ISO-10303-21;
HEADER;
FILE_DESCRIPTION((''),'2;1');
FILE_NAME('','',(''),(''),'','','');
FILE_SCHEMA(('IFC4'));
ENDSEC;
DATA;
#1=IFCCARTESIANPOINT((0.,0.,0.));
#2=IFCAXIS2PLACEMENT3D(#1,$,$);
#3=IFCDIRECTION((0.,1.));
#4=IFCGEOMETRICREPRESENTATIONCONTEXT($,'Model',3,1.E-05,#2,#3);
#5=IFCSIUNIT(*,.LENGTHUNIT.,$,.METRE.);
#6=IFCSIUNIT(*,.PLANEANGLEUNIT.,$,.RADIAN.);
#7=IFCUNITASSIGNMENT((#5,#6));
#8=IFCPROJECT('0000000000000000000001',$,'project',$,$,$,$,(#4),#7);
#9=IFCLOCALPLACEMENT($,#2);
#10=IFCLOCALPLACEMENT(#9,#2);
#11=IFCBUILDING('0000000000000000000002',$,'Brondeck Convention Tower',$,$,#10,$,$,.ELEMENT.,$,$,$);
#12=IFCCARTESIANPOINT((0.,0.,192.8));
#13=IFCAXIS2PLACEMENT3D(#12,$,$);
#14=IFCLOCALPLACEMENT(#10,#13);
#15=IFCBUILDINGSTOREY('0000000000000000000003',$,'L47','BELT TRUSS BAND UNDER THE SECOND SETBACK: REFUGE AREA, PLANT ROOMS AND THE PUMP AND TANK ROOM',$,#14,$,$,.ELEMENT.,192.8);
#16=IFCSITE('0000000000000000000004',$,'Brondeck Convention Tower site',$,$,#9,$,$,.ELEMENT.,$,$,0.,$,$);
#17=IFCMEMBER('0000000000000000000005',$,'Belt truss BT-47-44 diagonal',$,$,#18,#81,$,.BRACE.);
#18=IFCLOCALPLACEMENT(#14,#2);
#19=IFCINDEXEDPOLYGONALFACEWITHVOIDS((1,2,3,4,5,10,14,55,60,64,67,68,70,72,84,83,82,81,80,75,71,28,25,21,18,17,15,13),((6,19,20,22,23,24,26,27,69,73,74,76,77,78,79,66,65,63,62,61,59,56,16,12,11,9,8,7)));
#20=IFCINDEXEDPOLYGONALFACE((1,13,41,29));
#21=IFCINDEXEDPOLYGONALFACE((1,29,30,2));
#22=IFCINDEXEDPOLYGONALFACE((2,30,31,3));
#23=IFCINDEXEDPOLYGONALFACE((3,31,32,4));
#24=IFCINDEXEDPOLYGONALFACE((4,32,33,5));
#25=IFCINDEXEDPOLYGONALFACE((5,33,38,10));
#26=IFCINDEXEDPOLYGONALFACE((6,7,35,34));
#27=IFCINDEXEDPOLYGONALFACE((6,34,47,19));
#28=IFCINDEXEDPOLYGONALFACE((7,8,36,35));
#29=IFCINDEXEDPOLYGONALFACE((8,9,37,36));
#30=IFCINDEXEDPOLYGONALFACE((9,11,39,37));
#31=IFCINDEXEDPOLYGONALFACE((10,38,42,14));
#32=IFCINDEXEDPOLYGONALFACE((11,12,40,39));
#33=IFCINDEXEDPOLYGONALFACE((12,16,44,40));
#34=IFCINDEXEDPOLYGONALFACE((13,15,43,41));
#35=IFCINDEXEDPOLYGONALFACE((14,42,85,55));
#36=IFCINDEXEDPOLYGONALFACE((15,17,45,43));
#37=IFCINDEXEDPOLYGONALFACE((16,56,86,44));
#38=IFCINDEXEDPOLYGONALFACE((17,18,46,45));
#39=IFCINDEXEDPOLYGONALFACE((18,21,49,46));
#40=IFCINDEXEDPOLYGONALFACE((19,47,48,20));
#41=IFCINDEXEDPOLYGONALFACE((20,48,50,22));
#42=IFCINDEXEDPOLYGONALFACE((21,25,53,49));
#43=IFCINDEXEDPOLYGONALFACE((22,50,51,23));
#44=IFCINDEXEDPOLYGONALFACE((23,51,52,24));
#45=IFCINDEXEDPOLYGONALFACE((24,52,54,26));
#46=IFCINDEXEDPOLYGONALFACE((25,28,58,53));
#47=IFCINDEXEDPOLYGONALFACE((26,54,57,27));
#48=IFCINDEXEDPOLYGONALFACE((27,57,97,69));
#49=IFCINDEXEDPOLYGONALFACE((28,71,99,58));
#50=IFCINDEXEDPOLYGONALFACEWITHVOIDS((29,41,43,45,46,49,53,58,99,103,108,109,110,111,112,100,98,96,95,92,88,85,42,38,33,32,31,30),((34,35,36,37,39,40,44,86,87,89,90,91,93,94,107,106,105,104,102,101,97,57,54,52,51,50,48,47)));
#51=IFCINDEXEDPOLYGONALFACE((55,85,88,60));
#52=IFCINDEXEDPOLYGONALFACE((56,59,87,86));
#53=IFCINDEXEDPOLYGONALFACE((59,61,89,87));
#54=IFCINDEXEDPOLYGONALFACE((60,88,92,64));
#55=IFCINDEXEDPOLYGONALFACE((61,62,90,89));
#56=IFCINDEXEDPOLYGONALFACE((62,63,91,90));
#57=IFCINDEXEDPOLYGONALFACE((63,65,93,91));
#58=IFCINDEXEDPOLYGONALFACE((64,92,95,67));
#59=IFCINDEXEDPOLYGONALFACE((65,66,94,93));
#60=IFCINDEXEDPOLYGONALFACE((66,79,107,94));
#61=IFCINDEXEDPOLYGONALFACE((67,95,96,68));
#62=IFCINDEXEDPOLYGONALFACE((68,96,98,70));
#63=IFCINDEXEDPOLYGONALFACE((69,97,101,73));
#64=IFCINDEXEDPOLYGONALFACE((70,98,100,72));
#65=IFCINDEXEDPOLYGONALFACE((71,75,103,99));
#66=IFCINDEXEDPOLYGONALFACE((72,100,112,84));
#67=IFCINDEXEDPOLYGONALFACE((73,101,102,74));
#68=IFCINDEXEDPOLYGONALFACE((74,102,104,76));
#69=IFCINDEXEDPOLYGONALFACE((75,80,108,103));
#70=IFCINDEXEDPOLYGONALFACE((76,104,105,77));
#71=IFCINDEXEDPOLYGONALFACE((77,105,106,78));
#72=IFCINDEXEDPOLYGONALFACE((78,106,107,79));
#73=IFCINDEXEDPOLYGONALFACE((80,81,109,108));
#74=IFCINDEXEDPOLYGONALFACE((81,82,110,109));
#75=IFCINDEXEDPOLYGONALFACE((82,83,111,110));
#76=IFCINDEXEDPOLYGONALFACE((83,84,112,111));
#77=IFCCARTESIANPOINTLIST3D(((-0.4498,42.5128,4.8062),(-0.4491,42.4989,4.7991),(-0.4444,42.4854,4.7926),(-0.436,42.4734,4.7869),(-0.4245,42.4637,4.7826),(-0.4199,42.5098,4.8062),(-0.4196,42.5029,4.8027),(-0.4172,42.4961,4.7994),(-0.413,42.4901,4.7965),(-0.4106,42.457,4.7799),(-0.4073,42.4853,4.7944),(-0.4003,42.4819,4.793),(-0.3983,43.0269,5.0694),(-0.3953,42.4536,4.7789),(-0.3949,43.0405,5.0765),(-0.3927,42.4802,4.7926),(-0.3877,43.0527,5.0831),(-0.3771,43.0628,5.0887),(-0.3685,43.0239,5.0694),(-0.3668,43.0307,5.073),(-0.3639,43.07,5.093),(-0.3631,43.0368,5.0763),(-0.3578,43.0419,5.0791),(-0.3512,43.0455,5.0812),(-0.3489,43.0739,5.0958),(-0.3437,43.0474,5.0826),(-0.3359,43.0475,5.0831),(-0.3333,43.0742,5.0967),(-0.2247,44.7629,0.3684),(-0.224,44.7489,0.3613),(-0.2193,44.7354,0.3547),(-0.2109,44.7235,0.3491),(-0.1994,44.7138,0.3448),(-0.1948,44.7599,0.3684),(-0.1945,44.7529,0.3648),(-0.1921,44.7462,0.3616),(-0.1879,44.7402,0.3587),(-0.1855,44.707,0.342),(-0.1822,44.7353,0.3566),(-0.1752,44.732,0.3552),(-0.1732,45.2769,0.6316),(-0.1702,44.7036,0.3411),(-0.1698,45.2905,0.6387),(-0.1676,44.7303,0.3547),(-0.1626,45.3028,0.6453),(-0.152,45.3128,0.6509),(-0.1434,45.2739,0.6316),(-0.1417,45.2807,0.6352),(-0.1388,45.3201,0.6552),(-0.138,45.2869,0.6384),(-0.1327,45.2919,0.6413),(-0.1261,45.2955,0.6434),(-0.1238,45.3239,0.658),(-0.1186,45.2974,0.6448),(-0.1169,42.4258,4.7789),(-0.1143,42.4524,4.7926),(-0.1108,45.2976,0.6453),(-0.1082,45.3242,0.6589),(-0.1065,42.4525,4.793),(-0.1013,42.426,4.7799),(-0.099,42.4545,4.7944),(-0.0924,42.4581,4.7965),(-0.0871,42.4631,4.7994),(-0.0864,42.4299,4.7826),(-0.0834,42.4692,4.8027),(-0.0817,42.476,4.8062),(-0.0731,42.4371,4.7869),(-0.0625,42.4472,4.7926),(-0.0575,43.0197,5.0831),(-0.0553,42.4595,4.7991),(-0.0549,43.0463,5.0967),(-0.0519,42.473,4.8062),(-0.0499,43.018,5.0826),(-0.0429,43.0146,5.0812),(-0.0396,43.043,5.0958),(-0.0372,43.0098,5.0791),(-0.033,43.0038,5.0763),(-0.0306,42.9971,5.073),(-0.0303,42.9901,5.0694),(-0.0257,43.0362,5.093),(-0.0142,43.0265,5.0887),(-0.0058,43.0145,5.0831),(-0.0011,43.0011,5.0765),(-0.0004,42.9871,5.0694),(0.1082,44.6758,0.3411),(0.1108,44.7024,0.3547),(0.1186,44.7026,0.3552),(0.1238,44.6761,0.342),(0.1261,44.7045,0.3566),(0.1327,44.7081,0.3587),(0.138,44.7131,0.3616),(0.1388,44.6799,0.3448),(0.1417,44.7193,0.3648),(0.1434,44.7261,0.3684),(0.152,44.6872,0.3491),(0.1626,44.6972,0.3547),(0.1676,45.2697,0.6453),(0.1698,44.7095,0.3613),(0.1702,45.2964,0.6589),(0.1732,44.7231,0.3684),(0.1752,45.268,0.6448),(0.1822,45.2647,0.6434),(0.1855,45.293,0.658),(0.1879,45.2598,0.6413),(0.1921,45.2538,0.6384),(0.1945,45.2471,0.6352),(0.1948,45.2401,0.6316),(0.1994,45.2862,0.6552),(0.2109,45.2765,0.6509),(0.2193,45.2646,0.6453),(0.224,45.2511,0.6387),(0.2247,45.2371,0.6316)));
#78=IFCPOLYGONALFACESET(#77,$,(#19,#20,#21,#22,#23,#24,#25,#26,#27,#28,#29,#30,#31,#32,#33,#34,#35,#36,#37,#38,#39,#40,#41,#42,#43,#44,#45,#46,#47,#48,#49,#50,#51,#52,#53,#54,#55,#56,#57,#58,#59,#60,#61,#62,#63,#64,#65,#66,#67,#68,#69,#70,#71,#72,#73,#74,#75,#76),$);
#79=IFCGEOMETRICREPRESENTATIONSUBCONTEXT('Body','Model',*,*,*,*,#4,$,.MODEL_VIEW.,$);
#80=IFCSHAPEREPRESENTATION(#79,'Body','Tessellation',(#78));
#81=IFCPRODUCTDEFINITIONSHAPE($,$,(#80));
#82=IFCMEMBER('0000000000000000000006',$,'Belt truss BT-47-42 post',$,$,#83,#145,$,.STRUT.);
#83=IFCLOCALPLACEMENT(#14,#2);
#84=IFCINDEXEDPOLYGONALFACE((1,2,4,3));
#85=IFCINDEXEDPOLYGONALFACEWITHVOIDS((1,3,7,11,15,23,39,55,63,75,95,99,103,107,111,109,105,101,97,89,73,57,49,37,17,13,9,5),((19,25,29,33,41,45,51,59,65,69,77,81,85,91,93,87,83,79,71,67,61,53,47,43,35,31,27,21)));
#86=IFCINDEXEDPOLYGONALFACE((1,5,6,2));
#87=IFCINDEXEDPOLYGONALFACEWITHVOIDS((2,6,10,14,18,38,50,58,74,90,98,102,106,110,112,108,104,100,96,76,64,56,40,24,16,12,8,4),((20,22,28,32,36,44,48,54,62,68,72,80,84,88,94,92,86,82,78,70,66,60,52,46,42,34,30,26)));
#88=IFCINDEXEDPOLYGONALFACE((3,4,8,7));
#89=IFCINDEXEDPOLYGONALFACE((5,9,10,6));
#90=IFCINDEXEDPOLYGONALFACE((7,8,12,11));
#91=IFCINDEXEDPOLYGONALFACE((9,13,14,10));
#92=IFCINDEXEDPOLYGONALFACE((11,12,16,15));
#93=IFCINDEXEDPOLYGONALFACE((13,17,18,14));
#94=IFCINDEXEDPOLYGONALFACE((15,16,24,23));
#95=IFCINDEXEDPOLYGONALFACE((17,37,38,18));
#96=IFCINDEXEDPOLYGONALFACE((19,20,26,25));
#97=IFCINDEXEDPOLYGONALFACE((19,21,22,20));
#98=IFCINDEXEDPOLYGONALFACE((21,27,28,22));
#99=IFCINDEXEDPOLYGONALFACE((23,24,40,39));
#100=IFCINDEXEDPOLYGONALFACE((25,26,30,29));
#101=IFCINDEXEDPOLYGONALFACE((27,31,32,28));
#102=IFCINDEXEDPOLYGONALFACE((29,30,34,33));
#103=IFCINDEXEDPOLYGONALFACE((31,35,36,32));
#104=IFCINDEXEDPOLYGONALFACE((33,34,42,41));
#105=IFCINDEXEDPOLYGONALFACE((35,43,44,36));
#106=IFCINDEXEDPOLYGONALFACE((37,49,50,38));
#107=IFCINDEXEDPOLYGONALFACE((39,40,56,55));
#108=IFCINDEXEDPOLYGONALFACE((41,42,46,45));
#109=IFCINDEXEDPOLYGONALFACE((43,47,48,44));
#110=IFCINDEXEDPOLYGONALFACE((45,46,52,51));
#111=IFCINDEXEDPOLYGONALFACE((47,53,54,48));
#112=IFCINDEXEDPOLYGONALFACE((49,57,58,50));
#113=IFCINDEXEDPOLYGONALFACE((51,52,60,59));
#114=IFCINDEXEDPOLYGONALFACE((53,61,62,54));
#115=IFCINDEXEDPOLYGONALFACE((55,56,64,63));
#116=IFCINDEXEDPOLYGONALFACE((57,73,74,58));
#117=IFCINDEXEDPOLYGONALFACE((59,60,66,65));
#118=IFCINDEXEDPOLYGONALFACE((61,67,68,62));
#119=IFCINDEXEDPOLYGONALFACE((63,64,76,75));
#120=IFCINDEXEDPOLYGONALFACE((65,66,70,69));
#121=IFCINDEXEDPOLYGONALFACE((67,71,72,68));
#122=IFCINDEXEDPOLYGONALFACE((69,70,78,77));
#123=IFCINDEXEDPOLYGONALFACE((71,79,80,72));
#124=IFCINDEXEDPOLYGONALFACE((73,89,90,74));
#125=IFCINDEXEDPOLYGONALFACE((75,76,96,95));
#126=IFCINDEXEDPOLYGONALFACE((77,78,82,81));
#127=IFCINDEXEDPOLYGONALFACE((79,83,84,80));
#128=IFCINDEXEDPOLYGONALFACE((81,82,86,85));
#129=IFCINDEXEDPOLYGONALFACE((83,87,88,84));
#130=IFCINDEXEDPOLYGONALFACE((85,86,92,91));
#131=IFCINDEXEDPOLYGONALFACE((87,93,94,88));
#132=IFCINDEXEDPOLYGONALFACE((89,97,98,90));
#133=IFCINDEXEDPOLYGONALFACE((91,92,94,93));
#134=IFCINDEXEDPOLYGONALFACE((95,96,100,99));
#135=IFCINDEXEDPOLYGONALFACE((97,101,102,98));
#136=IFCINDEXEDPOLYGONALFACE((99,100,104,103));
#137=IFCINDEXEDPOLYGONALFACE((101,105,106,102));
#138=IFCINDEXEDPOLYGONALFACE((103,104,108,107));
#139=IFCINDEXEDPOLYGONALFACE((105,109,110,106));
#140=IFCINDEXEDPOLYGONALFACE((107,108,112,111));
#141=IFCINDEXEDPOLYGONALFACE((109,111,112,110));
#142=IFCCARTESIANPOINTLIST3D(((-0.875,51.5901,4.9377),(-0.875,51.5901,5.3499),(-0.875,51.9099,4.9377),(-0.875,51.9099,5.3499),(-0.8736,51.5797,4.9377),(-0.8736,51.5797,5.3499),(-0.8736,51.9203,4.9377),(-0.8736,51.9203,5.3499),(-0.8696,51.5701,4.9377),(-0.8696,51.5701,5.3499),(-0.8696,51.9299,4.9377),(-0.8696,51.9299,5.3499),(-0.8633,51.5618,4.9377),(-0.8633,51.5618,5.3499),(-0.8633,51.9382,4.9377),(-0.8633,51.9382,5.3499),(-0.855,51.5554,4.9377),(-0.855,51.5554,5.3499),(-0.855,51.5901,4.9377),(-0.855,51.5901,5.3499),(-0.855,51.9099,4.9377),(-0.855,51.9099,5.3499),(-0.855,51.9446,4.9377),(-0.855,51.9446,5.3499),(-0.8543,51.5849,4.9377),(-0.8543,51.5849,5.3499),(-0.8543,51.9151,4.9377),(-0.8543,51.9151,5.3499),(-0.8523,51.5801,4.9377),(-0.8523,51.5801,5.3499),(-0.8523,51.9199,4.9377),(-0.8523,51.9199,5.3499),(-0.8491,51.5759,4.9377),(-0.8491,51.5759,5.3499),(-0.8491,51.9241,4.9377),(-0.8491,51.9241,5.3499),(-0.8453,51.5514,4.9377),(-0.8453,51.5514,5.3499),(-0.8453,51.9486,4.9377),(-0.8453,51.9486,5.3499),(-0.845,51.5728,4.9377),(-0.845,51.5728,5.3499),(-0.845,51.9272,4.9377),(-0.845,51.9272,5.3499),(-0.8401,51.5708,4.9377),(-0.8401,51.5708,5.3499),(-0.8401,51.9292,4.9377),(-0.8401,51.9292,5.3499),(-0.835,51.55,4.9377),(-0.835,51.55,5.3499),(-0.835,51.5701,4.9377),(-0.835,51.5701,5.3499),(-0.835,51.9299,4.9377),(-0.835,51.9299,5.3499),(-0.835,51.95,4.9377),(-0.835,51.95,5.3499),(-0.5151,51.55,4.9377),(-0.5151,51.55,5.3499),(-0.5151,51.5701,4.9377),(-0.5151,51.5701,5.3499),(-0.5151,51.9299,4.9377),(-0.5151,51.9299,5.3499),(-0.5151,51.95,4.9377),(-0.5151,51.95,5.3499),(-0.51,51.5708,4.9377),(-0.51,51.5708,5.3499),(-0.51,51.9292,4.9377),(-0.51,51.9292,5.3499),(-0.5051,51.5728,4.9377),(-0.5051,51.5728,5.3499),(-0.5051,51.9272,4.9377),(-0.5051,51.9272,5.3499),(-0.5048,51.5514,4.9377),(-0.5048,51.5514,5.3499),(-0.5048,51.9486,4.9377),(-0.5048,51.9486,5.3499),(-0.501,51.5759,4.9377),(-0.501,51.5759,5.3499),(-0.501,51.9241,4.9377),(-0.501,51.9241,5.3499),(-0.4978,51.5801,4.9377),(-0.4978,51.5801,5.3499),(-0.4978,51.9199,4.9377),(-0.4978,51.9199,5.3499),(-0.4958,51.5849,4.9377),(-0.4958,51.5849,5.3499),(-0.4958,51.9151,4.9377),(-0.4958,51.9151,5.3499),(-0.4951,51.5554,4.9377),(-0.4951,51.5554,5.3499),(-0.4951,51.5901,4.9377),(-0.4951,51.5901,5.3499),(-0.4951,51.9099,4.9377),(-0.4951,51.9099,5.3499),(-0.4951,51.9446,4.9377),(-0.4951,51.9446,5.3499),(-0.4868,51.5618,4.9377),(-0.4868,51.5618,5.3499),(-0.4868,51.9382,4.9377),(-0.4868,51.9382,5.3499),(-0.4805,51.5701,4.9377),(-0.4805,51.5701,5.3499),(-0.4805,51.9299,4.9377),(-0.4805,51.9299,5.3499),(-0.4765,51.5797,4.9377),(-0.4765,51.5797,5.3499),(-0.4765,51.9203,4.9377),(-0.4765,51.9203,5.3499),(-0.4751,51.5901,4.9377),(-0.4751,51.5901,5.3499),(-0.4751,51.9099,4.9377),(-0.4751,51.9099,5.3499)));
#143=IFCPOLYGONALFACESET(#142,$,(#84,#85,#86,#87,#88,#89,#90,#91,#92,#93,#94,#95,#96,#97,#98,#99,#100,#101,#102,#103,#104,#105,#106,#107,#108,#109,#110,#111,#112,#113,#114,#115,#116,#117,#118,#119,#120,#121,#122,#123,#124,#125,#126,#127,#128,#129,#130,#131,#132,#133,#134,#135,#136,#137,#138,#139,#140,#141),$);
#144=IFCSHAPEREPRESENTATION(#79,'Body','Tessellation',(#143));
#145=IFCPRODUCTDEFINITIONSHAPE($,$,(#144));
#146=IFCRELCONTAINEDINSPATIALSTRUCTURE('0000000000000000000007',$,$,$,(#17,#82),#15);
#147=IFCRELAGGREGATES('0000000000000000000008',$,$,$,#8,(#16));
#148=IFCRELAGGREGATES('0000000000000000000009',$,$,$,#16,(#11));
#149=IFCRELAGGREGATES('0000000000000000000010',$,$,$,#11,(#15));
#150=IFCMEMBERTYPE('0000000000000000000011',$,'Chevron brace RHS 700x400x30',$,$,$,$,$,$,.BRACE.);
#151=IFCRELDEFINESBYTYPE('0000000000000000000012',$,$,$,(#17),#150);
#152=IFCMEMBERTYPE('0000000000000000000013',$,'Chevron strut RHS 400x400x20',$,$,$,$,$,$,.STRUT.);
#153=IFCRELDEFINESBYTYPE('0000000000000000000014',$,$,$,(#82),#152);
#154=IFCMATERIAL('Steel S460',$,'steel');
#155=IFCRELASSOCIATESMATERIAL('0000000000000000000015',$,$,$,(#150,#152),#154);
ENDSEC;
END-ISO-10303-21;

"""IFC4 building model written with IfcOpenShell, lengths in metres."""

from ifc_helpers import new_model, si_unit, direction, frame, origin, origin_2d, place, context, subcontext, project, spatial, hollow_rectangle, extrude, material, material_profile, profile_set, type_object, element, save


model = new_model("IFC4")

# Units and contexts
model_context = context("Model", 3, precision=1e-05, world=origin(), true_north=direction((0.0, 1.0)))
body_context = subcontext(model_context, "Body", "Model", "MODEL_VIEW")
ifc_project = project(units=[si_unit("LENGTHUNIT", "METRE"), si_unit("PLANEANGLEUNIT", "RADIAN")], contexts=[model_context])

# Site, building, storey
site_placement = place(None, origin())
site = spatial("IfcSite", under=ifc_project, at=site_placement, Name="Brondeck Convention Tower site", CompositionType="ELEMENT", RefElevation=0.0)
building_placement = place(site_placement, origin())
building = spatial("IfcBuilding", under=site, at=building_placement, Name="Brondeck Convention Tower", CompositionType="ELEMENT")
storey_placement = place(building_placement, frame((0.0, 0.0, 192.8)))
storey = spatial("IfcBuildingStorey", under=building, at=storey_placement, Name="L47", Description="BELT TRUSS BAND UNDER THE SECOND SETBACK: REFUGE AREA, PLANT ROOMS AND THE PUMP AND TANK ROOM", CompositionType="ELEMENT", Elevation=192.8)

# Members
ifc_material_1 = material(Name="Steel S460", Category="steel")
ifc_material_profile_1 = material_profile(ifc_material_1, hollow_rectangle(XDim=0.3999, YDim=0.7, WallThickness=0.03, InnerFilletRadius=0.03, OuterFilletRadius=0.0601, at=origin_2d()), Name="RHS 700x400x30")
ifc_profile_set_1 = profile_set([ifc_material_profile_1], Name="Steel S460")
member_type_1 = type_object("IfcMemberType", Name="Chevron brace RHS 700x400x30", PredefinedType="BRACE", material=ifc_profile_set_1)
for number, where, z_axis, x_axis, name in (
    (1, (0.0, 45.0, 0.5), (-0.045195, -0.451749, 0.890999), (0.995033, -0.099546, 0.0), "Belt truss BT-47-44 diagonal"),
):
    element("IfcMember", number, at=place(storey_placement, frame(where, z_axis=z_axis, x_axis=x_axis)), inside=storey, type_object=member_type_1, Name=name, PredefinedType="BRACE", context=body_context, shape_type="SweptSolid", body=[
        extrude(hollow_rectangle(XDim=0.3999, YDim=0.7, WallThickness=0.03, InnerFilletRadius=0.03, OuterFilletRadius=0.0601, at=origin_2d()), origin(), (0.0, 0.0, 1.0), 4.9807),
    ])
ifc_material_profile_2 = material_profile(ifc_material_1, hollow_rectangle(XDim=0.3999, YDim=0.3999, WallThickness=0.02, InnerFilletRadius=0.02, OuterFilletRadius=0.04, at=origin_2d()), Name="RHS 400x400x20")
ifc_profile_set_2 = profile_set([ifc_material_profile_2], Name="Steel S460")
member_type_2 = type_object("IfcMemberType", Name="Chevron strut RHS 400x400x20", PredefinedType="STRUT", material=ifc_profile_set_2)
for number, where, z_axis, x_axis, name in (
    (2, (-0.675, 51.75, 4.9377), (0.0, 0.0, 1.0), (1.0, 0.0, 0.0), "Belt truss BT-47-42 post"),
):
    element("IfcMember", number, at=place(storey_placement, frame(where, z_axis=z_axis, x_axis=x_axis)), inside=storey, type_object=member_type_2, Name=name, PredefinedType="STRUT", context=body_context, shape_type="SweptSolid", body=[
        extrude(hollow_rectangle(XDim=0.3999, YDim=0.3999, WallThickness=0.02, InnerFilletRadius=0.02, OuterFilletRadius=0.04, at=origin_2d()), origin(), (0.0, 0.0, 1.0), 0.4121),
    ])

save(model, "model.ifc")
